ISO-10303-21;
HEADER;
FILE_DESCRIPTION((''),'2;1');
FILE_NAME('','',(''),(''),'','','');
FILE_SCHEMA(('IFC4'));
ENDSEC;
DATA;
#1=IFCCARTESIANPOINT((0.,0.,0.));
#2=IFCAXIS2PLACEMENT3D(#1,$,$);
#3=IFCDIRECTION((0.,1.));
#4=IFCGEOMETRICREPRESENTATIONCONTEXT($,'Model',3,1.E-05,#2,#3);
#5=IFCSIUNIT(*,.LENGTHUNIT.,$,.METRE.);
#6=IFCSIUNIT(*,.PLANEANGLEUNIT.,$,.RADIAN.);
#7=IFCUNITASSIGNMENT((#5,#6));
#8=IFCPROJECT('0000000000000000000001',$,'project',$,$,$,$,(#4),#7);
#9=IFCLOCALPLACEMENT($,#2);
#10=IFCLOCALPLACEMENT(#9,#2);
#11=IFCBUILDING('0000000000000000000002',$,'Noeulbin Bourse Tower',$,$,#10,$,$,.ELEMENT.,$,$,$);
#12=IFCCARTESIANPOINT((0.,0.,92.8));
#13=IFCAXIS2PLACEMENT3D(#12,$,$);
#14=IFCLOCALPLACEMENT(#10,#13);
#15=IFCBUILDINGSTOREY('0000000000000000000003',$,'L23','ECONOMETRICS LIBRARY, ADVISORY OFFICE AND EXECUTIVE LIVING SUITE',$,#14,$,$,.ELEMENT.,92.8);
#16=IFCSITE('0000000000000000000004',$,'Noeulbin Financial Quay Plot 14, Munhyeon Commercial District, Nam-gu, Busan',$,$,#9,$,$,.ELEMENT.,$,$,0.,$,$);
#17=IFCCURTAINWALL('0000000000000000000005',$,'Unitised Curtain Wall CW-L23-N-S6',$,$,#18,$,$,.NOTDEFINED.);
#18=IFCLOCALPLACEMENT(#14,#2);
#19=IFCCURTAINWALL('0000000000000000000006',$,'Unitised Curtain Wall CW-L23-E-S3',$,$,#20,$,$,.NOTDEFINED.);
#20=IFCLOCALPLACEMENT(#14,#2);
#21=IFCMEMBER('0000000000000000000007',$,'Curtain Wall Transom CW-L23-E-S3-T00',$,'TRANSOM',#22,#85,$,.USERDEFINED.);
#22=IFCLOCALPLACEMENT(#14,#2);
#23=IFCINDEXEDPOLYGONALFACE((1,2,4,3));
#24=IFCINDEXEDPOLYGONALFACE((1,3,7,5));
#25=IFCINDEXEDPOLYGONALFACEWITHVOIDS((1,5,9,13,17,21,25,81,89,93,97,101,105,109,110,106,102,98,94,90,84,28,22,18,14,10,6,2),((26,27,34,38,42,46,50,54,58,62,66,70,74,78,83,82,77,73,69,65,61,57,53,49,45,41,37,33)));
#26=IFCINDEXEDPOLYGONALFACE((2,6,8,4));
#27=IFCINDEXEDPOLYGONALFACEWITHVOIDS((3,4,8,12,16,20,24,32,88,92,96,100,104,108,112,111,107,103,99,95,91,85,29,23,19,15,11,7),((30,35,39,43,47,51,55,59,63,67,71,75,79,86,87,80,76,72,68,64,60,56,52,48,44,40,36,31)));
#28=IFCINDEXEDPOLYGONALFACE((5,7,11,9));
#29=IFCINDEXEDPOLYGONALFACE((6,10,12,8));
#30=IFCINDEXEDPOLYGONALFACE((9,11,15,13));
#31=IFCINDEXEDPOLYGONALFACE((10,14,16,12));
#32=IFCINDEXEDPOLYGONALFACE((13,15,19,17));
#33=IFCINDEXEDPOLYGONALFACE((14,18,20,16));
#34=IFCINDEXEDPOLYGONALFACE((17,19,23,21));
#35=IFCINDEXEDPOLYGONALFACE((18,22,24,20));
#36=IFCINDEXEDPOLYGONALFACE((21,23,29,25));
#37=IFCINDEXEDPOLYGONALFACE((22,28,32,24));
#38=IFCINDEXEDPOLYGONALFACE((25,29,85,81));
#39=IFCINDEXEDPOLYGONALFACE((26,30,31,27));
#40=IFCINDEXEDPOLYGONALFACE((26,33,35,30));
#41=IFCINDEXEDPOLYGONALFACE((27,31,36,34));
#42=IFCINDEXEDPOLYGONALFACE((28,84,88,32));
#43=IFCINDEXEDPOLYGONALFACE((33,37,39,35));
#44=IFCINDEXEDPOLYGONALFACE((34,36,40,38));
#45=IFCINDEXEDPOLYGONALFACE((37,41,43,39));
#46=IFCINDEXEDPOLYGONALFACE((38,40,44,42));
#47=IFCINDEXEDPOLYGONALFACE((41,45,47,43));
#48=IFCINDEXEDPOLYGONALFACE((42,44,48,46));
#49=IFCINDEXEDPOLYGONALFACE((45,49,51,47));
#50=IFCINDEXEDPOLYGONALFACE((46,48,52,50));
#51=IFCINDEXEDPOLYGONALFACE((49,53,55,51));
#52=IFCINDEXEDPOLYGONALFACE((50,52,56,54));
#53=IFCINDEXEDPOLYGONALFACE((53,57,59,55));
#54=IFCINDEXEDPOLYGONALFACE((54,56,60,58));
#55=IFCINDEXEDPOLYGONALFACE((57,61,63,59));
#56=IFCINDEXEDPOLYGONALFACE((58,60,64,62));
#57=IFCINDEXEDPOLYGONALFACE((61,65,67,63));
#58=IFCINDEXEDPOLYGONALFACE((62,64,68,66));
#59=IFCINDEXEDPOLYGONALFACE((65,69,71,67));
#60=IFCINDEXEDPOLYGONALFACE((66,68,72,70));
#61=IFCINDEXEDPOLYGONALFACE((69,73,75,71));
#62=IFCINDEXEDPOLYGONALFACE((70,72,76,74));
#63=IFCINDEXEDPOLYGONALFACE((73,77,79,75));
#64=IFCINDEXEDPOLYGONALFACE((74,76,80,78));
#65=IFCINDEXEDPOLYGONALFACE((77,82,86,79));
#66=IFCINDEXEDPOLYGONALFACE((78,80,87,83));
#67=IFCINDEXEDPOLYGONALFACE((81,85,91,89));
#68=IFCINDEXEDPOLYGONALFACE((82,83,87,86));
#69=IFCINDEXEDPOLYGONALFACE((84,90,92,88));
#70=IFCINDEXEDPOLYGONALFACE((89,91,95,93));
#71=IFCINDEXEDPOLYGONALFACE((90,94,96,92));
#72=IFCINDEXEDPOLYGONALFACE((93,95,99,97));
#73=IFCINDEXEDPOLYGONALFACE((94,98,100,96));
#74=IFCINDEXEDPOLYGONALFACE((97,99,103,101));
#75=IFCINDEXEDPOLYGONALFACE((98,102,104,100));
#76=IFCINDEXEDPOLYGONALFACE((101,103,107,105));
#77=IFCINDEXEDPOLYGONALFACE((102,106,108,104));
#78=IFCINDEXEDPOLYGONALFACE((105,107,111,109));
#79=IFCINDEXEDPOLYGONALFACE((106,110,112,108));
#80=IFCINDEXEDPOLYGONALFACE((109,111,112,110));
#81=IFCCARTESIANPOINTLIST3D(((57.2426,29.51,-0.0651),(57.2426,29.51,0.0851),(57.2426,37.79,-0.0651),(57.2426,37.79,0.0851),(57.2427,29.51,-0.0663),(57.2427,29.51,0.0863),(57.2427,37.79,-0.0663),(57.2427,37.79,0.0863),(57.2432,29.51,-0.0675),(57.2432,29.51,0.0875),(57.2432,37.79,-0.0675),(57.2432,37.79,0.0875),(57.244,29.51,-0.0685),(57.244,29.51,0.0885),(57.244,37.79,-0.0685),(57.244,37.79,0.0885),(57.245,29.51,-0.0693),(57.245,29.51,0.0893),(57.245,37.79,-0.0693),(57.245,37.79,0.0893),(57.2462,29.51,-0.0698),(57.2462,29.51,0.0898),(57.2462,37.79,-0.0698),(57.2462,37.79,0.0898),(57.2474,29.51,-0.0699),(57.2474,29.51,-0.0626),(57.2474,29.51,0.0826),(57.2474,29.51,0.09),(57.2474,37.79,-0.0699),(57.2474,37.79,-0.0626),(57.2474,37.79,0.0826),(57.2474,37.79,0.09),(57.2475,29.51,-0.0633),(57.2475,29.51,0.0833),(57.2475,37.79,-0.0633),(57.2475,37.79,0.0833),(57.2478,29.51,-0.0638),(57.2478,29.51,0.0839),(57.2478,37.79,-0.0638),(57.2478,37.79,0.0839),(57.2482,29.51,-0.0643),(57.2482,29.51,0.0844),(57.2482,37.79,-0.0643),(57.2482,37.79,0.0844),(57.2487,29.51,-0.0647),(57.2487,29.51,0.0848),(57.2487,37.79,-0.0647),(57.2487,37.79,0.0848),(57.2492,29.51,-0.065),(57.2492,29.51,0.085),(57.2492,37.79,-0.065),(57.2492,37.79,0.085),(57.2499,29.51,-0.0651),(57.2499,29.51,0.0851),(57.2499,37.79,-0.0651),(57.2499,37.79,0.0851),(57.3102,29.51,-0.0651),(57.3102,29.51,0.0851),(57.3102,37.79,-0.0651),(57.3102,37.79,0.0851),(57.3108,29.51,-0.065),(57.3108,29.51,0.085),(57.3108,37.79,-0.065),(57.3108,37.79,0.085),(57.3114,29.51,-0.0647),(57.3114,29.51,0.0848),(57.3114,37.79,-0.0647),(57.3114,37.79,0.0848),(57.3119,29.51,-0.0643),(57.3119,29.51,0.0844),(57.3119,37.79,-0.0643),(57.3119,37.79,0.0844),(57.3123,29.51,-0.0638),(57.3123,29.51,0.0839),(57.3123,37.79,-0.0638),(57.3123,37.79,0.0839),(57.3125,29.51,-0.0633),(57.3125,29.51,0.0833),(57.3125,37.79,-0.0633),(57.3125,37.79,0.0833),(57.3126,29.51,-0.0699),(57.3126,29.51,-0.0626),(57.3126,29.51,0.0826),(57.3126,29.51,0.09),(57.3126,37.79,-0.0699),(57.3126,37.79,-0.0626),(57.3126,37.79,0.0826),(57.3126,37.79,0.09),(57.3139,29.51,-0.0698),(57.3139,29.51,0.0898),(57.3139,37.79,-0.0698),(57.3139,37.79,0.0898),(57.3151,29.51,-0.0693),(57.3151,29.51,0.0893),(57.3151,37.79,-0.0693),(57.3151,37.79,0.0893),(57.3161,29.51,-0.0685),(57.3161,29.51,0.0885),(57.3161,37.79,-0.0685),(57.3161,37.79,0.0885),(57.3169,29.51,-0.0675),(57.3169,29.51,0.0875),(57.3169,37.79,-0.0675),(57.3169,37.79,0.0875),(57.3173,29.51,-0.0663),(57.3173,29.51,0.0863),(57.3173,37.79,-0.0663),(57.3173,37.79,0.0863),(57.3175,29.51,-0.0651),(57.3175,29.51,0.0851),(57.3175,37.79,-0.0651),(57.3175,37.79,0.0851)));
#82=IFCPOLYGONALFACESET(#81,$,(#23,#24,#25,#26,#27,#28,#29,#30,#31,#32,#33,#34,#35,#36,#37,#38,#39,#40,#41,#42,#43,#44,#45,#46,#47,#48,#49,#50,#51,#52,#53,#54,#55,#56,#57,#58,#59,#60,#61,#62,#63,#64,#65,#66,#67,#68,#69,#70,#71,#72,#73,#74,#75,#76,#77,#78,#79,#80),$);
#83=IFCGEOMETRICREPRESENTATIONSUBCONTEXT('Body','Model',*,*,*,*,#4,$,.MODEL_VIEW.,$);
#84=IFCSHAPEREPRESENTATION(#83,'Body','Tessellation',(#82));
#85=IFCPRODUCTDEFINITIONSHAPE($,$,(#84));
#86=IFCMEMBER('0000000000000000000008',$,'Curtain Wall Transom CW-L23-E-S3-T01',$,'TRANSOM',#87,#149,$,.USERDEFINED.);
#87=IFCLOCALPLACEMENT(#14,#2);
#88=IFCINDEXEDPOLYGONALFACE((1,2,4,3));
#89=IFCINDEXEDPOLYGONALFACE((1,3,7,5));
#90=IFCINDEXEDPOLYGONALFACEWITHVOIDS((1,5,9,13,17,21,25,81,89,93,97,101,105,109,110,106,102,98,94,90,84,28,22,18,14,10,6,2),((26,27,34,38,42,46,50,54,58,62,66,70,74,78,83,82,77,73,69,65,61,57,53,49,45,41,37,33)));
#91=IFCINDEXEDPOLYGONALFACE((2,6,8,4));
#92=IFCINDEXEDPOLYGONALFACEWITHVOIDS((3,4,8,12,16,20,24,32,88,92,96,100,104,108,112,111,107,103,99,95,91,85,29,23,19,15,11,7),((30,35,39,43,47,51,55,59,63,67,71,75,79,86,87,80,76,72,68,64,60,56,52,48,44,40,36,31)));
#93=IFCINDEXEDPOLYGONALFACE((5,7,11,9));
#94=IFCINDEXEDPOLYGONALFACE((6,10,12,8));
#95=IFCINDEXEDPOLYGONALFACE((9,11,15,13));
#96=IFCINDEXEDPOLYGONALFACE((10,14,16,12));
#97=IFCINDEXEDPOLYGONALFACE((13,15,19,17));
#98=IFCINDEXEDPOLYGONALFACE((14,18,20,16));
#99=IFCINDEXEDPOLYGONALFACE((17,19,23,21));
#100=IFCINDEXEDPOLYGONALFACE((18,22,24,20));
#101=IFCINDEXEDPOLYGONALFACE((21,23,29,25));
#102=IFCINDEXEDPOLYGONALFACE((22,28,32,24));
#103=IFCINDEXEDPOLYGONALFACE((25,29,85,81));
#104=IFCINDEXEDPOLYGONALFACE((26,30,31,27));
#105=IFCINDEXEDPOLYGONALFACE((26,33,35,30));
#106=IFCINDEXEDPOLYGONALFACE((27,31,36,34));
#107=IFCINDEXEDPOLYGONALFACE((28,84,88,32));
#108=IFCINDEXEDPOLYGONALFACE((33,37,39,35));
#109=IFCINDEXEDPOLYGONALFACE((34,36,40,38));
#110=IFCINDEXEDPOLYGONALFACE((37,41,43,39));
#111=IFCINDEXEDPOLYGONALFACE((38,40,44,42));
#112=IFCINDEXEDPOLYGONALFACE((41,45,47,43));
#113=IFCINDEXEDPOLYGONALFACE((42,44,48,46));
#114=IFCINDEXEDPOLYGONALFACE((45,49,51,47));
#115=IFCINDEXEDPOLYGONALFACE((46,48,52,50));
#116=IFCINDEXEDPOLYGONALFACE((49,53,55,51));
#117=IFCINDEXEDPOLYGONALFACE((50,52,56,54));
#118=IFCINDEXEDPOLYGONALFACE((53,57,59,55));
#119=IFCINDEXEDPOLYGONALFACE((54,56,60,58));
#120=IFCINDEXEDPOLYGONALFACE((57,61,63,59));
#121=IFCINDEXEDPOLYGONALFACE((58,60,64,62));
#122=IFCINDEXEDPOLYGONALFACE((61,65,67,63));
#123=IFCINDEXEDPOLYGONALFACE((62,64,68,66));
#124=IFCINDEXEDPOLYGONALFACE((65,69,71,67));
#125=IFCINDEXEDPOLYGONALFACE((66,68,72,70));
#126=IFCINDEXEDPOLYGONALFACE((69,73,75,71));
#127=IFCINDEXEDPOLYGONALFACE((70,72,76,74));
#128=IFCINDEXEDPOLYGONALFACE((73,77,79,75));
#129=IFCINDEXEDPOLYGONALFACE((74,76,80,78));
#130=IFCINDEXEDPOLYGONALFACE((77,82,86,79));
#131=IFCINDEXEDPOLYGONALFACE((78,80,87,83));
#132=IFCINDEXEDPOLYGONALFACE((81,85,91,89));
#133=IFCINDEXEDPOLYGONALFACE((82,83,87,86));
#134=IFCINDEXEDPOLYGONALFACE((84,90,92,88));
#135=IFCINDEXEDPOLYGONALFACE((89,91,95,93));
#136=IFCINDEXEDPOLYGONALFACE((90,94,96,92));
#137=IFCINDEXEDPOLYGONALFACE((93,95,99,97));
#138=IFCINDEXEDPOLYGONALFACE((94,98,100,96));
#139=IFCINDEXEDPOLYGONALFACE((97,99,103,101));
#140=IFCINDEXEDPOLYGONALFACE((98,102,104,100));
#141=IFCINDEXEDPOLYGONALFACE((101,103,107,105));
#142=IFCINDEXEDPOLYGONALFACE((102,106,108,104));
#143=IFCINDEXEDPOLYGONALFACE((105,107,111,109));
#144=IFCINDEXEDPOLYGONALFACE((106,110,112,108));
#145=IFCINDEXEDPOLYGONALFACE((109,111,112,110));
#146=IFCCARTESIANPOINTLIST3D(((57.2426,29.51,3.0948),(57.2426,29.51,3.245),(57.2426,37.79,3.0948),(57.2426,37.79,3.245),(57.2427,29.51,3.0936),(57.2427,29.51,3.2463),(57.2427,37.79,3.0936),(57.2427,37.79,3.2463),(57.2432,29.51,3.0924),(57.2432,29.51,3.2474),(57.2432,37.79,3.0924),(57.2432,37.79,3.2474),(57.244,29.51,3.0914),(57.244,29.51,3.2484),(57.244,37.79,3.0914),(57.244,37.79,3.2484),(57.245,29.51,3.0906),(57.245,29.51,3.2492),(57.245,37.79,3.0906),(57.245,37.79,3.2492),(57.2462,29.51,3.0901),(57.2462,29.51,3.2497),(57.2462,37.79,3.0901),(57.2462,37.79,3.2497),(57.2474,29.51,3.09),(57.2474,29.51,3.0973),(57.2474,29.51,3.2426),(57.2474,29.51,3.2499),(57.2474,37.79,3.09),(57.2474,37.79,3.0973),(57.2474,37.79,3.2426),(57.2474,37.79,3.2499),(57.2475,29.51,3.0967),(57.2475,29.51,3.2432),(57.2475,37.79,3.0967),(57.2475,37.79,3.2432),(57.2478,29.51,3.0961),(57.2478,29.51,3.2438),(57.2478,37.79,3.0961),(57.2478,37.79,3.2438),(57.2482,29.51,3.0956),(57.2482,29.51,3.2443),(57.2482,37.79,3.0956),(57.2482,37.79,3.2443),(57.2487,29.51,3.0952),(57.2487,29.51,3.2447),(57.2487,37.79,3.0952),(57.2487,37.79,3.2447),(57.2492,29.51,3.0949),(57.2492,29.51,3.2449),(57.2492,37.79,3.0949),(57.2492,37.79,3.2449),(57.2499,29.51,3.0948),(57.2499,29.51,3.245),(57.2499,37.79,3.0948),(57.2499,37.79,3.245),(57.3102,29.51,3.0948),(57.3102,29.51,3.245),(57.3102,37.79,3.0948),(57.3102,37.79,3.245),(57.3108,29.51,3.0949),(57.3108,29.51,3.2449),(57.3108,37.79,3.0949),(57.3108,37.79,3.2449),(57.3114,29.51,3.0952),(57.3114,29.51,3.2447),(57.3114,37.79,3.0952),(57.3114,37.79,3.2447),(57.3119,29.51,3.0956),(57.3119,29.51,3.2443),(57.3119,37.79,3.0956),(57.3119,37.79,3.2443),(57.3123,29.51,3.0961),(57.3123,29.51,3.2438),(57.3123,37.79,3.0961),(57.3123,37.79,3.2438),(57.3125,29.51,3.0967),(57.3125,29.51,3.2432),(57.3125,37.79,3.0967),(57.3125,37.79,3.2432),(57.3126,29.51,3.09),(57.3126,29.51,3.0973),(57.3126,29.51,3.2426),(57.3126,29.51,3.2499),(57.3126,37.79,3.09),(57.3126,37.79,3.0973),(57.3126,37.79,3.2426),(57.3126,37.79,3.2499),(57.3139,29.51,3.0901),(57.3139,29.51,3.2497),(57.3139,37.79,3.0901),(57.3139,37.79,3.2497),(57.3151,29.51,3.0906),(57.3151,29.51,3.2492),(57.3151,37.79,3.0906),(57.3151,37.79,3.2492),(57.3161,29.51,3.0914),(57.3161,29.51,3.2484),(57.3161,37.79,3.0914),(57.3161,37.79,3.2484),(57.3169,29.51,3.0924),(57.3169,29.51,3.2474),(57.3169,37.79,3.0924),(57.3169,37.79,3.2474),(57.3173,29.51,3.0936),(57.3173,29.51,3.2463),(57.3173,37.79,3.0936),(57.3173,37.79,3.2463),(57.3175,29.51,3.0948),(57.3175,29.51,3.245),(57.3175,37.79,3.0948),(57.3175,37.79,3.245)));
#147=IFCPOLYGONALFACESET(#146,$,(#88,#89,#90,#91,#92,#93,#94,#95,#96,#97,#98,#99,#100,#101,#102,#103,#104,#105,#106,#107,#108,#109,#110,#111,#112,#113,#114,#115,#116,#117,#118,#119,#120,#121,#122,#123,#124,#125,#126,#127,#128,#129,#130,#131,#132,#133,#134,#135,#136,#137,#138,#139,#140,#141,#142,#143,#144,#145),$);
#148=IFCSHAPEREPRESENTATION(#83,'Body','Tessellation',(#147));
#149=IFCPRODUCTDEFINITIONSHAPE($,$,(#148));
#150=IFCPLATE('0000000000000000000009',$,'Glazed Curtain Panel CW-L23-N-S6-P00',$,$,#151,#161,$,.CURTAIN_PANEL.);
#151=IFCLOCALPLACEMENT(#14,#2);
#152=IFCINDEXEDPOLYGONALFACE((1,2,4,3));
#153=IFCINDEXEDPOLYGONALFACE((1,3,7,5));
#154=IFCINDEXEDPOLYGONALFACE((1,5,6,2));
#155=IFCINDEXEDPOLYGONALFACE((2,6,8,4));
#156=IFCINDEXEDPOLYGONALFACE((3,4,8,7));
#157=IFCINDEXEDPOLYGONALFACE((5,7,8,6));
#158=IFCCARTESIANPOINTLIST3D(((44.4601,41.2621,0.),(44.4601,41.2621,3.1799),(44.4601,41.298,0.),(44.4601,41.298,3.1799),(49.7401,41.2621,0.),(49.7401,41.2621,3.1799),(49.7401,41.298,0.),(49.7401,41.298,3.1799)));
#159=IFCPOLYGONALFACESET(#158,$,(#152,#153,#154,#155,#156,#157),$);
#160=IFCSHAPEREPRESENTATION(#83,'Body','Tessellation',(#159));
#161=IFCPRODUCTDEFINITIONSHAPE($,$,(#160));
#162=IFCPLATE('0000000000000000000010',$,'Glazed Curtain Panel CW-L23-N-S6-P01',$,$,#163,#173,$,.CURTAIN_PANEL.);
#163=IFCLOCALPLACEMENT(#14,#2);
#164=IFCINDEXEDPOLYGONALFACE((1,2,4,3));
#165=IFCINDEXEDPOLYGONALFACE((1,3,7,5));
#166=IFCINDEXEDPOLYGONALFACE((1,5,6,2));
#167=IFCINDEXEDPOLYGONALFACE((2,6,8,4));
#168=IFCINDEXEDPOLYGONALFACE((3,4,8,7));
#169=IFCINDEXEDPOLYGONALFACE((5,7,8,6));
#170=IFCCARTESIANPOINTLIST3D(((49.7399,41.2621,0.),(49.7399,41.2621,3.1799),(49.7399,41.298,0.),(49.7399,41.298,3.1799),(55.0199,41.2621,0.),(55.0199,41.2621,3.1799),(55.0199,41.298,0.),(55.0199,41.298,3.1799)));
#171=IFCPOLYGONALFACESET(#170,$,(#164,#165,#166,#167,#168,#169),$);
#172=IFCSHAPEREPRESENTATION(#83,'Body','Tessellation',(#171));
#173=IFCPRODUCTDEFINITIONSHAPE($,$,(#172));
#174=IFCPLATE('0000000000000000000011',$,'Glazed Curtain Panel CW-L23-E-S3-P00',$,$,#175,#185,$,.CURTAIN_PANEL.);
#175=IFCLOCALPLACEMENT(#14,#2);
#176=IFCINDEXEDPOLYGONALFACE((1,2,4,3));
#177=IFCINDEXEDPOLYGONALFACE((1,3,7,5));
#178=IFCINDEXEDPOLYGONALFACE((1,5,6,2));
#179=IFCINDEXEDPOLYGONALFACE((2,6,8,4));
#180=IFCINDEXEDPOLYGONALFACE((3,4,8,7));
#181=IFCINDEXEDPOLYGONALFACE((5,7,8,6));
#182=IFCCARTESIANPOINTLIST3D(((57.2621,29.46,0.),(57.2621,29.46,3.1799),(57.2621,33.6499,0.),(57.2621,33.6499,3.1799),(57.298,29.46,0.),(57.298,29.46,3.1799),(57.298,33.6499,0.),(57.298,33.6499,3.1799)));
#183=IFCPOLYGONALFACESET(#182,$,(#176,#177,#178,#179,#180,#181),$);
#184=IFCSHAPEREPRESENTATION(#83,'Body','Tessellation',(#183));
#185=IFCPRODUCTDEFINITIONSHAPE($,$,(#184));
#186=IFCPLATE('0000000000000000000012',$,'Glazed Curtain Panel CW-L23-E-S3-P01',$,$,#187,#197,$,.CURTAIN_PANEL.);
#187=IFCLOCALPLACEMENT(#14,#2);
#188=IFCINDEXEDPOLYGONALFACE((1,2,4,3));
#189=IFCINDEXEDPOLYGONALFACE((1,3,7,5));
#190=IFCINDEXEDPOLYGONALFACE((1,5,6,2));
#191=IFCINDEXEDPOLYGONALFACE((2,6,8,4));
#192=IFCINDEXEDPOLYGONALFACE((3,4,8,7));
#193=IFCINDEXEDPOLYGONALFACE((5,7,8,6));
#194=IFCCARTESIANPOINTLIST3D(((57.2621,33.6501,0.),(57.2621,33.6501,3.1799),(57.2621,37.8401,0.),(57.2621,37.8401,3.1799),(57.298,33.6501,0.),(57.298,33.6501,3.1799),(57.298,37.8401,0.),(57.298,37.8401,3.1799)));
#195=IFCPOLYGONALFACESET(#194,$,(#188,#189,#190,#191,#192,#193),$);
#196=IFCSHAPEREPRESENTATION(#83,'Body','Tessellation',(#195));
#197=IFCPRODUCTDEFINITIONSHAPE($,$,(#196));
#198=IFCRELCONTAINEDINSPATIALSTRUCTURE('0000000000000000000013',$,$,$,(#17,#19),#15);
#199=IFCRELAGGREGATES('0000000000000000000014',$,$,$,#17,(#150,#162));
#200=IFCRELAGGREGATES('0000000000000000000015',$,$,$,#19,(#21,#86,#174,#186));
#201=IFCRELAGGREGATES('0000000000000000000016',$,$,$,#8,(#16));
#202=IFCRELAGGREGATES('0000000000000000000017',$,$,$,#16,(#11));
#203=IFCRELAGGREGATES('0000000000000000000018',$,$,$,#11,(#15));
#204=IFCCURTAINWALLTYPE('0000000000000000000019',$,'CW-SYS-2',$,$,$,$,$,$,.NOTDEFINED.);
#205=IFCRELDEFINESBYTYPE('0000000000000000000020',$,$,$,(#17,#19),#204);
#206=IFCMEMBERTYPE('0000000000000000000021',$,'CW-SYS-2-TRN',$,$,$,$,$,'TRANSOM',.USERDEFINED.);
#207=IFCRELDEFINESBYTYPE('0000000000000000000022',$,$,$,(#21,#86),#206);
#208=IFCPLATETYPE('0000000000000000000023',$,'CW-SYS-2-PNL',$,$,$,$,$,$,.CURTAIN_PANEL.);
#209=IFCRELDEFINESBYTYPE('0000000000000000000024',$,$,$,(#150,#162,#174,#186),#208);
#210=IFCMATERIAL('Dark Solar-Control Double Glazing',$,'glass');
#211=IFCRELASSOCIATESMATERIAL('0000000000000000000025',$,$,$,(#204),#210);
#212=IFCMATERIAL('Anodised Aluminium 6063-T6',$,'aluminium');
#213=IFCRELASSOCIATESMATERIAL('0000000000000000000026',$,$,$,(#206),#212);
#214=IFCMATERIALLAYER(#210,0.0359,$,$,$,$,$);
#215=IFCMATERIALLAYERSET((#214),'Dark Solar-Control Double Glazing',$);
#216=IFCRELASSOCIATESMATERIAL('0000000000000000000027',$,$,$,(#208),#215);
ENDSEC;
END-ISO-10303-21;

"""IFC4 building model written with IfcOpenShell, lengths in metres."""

from ifc_helpers import new_model, si_unit, direction, frame, origin, origin_2d, place, context, subcontext, project, spatial, rectangle, hollow_rectangle, extrude, material, layer, layer_set, material_profile, profile_set, type_object, element, aggregate, save


model = new_model("IFC4")

# Units and contexts
model_context = context("Model", 3, precision=1e-05, world=origin(), true_north=direction((0.0, 1.0)))
body_context = subcontext(model_context, "Body", "Model", "MODEL_VIEW")
ifc_project = project(units=[si_unit("LENGTHUNIT", "METRE"), si_unit("PLANEANGLEUNIT", "RADIAN")], contexts=[model_context])

# Site, building, storey
site_placement = place(None, origin())
site = spatial("IfcSite", under=ifc_project, at=site_placement, Name="Noeulbin Financial Quay Plot 14, Munhyeon Commercial District, Nam-gu, Busan", CompositionType="ELEMENT", RefElevation=0.0)
building_placement = place(site_placement, origin())
building = spatial("IfcBuilding", under=site, at=building_placement, Name="Noeulbin Bourse Tower", CompositionType="ELEMENT")
storey_placement = place(building_placement, frame((0.0, 0.0, 92.8)))
storey = spatial("IfcBuildingStorey", under=building, at=storey_placement, Name="L23", Description="ECONOMETRICS LIBRARY, ADVISORY OFFICE AND EXECUTIVE LIVING SUITE", CompositionType="ELEMENT", Elevation=92.8)

# Curtain wall
ifc_material_1 = material(Name="Dark Solar-Control Double Glazing", Category="glass")
curtain_wall_type = type_object("IfcCurtainWallType", Name="CW-SYS-2", PredefinedType="NOTDEFINED", material=ifc_material_1)
curtain_wall_1_placement = place(storey_placement, origin())
curtain_wall_1 = element("IfcCurtainWall", 1, at=curtain_wall_1_placement, inside=storey, type_object=curtain_wall_type, Name="Unitised Curtain Wall CW-L23-N-S6", PredefinedType="NOTDEFINED")
ifc_material_2 = material(Name="Anodised Aluminium 6063-T6", Category="aluminium")

# Curtain wall
curtain_wall_2_placement = place(storey_placement, origin())
curtain_wall_2 = element("IfcCurtainWall", 2, at=curtain_wall_2_placement, inside=storey, type_object=curtain_wall_type, Name="Unitised Curtain Wall CW-L23-E-S3", PredefinedType="NOTDEFINED")

# Members
ifc_material_profile_1 = material_profile(ifc_material_2, hollow_rectangle(XDim=0.075, YDim=0.1599, WallThickness=0.0049, InnerFilletRadius=0.0024, OuterFilletRadius=0.0049, at=origin_2d()), Name="ALU-TRAN-75x160x5", Category="LoadBearing")
ifc_profile_set_1 = profile_set([ifc_material_profile_1], Name="Anodised Aluminium 6063-T6")
member_type_1 = type_object("IfcMemberType", Name="CW-SYS-2-TRN", ElementType="TRANSOM", PredefinedType="USERDEFINED", material=ifc_profile_set_1)
member_1_placement = place(storey_placement, frame((57.28, 29.51, 0.01), z_axis=(0.0, 1.0, 0.0), x_axis=(-1.0, 0.0, 0.0)))
member_1 = element("IfcMember", 3, at=member_1_placement, type_object=member_type_1, Name="Curtain Wall Transom CW-L23-E-S3-T00", ObjectType="TRANSOM", PredefinedType="USERDEFINED", context=body_context, shape_type="SweptSolid", body=[
    extrude(hollow_rectangle(XDim=0.075, YDim=0.1599, WallThickness=0.0049, InnerFilletRadius=0.0024, OuterFilletRadius=0.0049, at=origin_2d()), origin(), (0.0, 0.0, 1.0), 8.28),
])
member_2_placement = place(storey_placement, frame((57.28, 29.51, 3.1699), z_axis=(0.0, 1.0, 0.0), x_axis=(-1.0, 0.0, 0.0)))
member_2 = element("IfcMember", 4, at=member_2_placement, type_object=member_type_1, Name="Curtain Wall Transom CW-L23-E-S3-T01", ObjectType="TRANSOM", PredefinedType="USERDEFINED", context=body_context, shape_type="SweptSolid", body=[
    extrude(hollow_rectangle(XDim=0.075, YDim=0.1599, WallThickness=0.0049, InnerFilletRadius=0.0024, OuterFilletRadius=0.0049, at=origin_2d()), origin(), (0.0, 0.0, 1.0), 8.28),
])

# Plates
ifc_layer_1 = layer(ifc_material_1, 0.0359)
ifc_layer_set_1 = layer_set([ifc_layer_1], Name="Dark Solar-Control Double Glazing")
plate_type_1 = type_object("IfcPlateType", Name="CW-SYS-2-PNL", PredefinedType="CURTAIN_PANEL", material=ifc_layer_set_1)
plate_1_placement = place(storey_placement, frame((47.1001, 41.28, 0.0), z_axis=(0.0, 0.0, 1.0), x_axis=(1.0, 0.0, 0.0)))
plate_1 = element("IfcPlate", 5, at=plate_1_placement, type_object=plate_type_1, Name="Glazed Curtain Panel CW-L23-N-S6-P00", PredefinedType="CURTAIN_PANEL", context=body_context, shape_type="SweptSolid", body=[
    extrude(rectangle(XDim=5.28, YDim=0.0359, at=origin_2d()), origin(), (0.0, 0.0, 1.0), 3.1799),
])
plate_2_placement = place(storey_placement, frame((52.3799, 41.28, 0.0), z_axis=(0.0, 0.0, 1.0), x_axis=(1.0, 0.0, 0.0)))
plate_2 = element("IfcPlate", 6, at=plate_2_placement, type_object=plate_type_1, Name="Glazed Curtain Panel CW-L23-N-S6-P01", PredefinedType="CURTAIN_PANEL", context=body_context, shape_type="SweptSolid", body=[
    extrude(rectangle(XDim=5.28, YDim=0.0359, at=origin_2d()), origin(), (0.0, 0.0, 1.0), 3.1799),
])
aggregate(curtain_wall_1, [plate_1, plate_2])
plate_3_placement = place(storey_placement, frame((57.28, 31.5549, 0.0), z_axis=(0.0, 0.0, 1.0), x_axis=(0.0, 1.0, 0.0)))
plate_3 = element("IfcPlate", 7, at=plate_3_placement, type_object=plate_type_1, Name="Glazed Curtain Panel CW-L23-E-S3-P00", PredefinedType="CURTAIN_PANEL", context=body_context, shape_type="SweptSolid", body=[
    extrude(rectangle(XDim=4.1899, YDim=0.0359, at=origin_2d()), origin(), (0.0, 0.0, 1.0), 3.1799),
])
plate_4_placement = place(storey_placement, frame((57.28, 35.7451, 0.0), z_axis=(0.0, 0.0, 1.0), x_axis=(0.0, 1.0, 0.0)))
plate_4 = element("IfcPlate", 8, at=plate_4_placement, type_object=plate_type_1, Name="Glazed Curtain Panel CW-L23-E-S3-P01", PredefinedType="CURTAIN_PANEL", context=body_context, shape_type="SweptSolid", body=[
    extrude(rectangle(XDim=4.1899, YDim=0.0359, at=origin_2d()), origin(), (0.0, 0.0, 1.0), 3.1799),
])
aggregate(curtain_wall_2, [member_1, member_2, plate_3, plate_4])

save(model, "model.ifc")
